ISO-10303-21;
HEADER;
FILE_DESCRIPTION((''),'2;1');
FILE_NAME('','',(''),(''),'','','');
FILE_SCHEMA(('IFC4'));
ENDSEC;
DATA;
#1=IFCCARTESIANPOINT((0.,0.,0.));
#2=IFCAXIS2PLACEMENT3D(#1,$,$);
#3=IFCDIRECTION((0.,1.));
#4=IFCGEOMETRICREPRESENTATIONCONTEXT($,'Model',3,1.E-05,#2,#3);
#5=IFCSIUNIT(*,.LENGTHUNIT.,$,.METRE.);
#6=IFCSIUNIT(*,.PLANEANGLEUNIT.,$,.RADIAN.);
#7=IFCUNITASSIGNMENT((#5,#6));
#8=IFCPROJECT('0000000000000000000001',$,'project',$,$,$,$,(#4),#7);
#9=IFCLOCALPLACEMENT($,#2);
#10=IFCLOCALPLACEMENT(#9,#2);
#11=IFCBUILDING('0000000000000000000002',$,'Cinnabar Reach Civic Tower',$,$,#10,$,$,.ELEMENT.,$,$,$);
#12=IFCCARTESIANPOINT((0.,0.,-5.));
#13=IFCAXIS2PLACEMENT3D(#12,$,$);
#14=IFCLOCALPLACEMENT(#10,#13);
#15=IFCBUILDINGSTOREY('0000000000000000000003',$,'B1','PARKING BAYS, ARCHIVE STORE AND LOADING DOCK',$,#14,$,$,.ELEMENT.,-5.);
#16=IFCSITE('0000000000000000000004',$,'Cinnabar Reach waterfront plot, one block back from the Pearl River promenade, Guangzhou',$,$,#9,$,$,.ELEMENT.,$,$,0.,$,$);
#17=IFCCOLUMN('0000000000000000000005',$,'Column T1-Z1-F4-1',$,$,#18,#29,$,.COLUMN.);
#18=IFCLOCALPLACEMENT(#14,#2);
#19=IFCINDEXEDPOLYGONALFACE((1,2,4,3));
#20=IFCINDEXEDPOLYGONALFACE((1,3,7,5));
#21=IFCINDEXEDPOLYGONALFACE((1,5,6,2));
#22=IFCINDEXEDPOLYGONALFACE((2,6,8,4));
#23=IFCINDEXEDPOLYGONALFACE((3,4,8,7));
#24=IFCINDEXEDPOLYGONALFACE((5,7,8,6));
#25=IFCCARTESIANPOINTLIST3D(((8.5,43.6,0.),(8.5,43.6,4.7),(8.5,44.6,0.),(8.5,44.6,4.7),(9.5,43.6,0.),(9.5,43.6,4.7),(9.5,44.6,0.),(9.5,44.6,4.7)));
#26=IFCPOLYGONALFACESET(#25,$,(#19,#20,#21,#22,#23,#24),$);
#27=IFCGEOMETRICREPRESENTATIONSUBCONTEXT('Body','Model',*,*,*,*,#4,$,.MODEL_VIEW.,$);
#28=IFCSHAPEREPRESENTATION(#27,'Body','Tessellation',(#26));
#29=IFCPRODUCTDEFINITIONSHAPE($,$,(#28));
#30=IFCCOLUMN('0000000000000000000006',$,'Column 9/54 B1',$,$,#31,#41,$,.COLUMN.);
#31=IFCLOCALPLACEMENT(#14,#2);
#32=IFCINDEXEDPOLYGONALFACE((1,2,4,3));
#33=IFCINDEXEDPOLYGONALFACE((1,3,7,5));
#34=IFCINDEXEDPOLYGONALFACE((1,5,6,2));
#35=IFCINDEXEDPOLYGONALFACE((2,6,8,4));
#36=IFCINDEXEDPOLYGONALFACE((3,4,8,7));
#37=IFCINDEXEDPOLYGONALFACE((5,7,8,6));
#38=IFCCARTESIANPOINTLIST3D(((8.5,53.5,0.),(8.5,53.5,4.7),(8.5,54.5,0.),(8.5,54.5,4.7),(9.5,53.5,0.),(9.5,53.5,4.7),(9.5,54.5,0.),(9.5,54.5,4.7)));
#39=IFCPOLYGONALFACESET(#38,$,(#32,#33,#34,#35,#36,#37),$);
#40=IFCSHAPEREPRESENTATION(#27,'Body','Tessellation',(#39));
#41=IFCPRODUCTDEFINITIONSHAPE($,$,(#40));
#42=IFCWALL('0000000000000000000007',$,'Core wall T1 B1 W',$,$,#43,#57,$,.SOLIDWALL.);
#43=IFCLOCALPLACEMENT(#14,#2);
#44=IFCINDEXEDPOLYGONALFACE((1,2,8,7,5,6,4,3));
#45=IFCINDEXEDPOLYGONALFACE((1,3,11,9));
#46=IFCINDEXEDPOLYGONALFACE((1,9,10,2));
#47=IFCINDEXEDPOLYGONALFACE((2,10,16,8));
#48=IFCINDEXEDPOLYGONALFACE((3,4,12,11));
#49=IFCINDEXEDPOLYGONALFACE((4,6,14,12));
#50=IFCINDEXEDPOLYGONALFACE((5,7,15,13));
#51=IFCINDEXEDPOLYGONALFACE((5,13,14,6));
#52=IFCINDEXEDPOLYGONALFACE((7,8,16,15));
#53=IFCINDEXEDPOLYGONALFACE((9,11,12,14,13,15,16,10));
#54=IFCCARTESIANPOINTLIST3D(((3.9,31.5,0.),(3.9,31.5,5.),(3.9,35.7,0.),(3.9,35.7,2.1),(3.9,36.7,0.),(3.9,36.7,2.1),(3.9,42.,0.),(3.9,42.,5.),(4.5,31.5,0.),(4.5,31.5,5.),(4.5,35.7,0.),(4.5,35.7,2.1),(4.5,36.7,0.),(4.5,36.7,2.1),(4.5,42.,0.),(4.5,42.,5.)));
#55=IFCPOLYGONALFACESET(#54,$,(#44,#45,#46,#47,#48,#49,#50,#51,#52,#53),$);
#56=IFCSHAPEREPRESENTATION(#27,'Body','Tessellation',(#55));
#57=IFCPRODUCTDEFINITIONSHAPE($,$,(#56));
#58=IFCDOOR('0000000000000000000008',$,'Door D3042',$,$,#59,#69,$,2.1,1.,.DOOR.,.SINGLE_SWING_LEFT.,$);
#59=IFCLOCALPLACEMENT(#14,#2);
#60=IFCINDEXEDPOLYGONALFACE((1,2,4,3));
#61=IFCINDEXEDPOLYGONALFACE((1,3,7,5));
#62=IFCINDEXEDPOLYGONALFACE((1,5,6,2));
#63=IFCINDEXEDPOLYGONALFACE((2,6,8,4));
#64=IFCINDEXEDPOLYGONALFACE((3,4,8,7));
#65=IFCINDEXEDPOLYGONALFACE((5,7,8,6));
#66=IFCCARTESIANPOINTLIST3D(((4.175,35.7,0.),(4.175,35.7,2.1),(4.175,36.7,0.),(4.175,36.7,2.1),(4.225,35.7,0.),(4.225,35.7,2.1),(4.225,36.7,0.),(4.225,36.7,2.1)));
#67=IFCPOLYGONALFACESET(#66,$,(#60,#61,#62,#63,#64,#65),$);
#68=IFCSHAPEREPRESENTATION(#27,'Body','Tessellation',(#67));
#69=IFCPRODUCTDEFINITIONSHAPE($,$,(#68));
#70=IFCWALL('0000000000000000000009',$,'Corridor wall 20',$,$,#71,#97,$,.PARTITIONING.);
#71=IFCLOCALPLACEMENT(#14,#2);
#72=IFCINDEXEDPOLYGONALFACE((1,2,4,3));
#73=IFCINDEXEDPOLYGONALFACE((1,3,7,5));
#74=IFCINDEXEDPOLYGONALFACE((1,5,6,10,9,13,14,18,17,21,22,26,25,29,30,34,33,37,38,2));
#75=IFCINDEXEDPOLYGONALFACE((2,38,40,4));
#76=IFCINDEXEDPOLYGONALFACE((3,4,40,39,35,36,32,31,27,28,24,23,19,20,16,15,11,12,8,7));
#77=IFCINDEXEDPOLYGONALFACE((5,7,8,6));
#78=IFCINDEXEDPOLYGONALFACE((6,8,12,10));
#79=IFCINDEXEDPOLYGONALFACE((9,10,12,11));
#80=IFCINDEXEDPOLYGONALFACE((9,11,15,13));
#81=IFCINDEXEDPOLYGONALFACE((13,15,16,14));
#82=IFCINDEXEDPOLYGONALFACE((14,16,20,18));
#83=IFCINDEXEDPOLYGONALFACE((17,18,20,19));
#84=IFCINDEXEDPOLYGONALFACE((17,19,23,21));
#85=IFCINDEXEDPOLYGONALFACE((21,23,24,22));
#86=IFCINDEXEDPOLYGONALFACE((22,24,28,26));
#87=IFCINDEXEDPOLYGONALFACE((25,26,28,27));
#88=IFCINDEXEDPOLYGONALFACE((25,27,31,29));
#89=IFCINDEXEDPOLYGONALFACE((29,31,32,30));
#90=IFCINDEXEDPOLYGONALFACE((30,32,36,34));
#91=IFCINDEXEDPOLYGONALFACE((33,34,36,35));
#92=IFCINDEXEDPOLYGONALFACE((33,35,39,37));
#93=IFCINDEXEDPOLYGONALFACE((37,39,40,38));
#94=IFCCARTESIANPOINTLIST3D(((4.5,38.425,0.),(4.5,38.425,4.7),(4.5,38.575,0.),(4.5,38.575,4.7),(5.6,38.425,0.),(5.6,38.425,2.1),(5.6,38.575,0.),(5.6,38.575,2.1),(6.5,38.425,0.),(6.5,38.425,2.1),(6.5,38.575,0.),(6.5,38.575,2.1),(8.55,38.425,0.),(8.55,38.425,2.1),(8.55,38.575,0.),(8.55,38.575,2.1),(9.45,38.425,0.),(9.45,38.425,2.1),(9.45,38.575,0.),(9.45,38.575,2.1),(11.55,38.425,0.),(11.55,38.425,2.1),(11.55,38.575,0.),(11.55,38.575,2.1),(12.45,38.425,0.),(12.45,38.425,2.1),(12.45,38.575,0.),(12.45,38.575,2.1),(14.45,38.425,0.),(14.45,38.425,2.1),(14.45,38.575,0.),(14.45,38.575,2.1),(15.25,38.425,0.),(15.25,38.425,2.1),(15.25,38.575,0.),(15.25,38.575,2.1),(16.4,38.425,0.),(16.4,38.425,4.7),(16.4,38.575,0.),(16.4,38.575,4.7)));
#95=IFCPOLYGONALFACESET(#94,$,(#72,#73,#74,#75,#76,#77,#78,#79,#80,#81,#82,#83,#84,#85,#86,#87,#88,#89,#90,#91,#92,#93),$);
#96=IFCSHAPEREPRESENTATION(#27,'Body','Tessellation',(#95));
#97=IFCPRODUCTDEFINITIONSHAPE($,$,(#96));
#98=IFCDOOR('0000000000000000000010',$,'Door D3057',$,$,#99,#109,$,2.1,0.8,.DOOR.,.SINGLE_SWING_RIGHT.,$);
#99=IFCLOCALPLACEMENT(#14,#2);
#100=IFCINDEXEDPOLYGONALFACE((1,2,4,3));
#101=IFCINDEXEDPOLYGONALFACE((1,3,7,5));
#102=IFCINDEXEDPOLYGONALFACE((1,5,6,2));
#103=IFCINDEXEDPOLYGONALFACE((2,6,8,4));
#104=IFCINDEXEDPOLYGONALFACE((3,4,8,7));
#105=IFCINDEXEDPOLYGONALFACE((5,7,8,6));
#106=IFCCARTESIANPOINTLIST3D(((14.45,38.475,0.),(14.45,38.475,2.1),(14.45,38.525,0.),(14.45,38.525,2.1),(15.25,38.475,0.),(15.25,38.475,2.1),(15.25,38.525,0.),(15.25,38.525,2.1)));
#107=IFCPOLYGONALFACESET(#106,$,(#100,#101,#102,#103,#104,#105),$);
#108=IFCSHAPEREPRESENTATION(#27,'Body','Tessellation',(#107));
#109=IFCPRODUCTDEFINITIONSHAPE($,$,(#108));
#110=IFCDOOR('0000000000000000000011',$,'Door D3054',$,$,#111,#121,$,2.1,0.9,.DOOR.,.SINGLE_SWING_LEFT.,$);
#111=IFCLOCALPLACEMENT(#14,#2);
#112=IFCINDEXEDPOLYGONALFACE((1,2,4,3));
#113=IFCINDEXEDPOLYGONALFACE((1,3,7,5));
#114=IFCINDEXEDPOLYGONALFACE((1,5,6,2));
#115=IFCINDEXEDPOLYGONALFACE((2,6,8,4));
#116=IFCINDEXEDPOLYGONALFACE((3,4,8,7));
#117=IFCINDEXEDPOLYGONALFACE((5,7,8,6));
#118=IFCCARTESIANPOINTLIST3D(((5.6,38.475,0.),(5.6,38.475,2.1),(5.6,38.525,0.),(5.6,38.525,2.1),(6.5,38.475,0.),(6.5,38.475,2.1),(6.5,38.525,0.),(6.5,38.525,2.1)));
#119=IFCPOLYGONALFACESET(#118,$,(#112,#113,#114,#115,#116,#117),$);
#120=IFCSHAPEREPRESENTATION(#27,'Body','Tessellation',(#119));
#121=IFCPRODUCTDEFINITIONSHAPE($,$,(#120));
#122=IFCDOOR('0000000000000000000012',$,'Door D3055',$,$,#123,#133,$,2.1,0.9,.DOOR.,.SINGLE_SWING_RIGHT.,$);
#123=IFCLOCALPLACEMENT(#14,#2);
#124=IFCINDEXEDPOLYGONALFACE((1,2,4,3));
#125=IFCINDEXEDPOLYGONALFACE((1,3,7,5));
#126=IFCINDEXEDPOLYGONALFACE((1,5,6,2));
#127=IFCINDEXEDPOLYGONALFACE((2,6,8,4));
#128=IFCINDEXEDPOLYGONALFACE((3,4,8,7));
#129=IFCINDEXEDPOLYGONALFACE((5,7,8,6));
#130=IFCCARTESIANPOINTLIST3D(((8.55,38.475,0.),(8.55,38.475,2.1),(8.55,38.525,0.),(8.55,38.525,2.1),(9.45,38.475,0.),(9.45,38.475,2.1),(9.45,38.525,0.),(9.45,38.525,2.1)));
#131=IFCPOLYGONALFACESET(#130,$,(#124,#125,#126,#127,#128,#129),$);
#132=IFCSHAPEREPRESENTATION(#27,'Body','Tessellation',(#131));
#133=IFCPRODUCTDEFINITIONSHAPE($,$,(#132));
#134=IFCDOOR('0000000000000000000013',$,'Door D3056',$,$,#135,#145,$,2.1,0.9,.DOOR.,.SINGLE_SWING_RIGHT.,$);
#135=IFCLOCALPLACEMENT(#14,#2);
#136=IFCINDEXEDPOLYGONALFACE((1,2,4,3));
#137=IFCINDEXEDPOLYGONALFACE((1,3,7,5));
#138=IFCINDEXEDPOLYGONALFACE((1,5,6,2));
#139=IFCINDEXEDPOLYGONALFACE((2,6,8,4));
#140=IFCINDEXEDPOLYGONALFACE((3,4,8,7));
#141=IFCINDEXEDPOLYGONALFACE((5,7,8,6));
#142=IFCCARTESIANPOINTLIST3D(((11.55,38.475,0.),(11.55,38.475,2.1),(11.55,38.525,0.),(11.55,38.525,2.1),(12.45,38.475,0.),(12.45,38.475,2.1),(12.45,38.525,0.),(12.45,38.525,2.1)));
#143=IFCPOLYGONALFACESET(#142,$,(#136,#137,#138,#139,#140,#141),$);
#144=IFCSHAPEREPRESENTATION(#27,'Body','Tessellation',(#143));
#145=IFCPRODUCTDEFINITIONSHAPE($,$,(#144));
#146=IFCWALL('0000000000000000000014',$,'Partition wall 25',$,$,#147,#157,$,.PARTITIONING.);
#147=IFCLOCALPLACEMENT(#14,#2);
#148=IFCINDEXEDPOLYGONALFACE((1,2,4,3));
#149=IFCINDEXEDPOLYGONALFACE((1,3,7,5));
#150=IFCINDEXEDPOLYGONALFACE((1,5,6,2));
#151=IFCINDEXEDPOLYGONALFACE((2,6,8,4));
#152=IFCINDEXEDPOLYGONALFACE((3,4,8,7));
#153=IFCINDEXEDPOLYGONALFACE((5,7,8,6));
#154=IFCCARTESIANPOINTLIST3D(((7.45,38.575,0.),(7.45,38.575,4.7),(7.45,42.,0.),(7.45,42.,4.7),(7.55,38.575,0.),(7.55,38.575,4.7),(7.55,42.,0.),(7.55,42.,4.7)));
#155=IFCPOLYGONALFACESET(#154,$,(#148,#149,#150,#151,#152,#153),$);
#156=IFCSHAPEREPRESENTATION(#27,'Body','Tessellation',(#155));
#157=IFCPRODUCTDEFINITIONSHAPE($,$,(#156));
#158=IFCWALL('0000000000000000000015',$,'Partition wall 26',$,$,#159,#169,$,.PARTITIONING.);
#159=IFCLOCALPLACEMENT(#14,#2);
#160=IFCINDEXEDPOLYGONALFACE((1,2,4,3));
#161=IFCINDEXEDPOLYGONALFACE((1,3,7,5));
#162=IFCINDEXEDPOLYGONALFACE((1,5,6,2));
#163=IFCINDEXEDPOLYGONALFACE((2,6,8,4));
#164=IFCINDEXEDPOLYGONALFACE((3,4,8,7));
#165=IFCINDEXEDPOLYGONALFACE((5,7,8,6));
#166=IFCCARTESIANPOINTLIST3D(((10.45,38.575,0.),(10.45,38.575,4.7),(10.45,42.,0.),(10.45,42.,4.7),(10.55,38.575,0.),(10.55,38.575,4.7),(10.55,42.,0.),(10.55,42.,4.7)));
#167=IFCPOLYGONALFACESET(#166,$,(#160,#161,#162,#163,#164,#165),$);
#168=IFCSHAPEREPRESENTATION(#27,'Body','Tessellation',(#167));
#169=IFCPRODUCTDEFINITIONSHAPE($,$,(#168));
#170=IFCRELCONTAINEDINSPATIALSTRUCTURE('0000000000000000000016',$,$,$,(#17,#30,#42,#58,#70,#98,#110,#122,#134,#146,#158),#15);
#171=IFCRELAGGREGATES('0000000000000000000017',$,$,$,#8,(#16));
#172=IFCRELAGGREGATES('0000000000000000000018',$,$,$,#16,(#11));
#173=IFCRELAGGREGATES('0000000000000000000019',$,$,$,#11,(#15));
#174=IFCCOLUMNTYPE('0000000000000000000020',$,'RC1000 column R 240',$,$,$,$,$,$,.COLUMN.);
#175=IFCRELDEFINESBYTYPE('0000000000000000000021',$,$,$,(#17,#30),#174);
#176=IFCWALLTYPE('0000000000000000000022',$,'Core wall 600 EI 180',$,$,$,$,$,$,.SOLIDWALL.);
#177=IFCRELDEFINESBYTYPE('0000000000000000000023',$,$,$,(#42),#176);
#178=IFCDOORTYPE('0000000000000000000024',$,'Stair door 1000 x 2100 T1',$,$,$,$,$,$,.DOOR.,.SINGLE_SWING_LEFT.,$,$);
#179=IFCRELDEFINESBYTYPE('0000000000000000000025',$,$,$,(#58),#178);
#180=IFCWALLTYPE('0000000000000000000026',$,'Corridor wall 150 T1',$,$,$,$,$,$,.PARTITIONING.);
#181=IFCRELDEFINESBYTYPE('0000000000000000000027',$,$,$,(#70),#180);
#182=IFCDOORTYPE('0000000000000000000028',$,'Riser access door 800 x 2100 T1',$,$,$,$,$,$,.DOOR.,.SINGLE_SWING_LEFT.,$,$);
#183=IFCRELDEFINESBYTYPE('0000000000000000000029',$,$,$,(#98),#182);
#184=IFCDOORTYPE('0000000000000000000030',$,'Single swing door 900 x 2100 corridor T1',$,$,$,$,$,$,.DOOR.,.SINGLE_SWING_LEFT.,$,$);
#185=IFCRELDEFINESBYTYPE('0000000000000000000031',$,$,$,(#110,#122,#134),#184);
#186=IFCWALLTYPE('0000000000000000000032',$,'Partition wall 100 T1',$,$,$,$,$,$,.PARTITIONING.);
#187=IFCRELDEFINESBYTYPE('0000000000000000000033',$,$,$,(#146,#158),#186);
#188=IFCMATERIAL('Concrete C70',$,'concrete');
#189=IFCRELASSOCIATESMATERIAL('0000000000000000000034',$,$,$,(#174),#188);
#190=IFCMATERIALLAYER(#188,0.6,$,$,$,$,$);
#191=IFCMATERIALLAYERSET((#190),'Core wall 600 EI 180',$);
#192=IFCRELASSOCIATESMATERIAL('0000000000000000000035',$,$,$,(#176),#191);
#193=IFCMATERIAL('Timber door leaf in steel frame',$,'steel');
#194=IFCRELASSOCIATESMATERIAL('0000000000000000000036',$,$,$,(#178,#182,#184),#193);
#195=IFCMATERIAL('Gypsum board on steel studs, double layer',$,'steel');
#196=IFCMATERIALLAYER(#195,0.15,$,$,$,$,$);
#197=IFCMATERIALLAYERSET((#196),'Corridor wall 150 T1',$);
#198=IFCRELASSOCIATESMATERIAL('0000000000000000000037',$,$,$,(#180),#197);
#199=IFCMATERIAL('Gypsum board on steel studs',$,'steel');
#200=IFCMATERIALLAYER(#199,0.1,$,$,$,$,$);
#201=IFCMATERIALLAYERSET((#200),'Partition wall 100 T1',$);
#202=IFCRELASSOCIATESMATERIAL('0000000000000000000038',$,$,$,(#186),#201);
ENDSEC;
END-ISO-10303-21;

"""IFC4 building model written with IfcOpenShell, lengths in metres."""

from ifc_helpers import new_model, si_unit, direction, frame, frame_2d, origin, origin_2d, place, context, subcontext, project, spatial, rectangle, extrude, material, layer, layer_set, material_profile, profile_set, type_object, element, fill, save


model = new_model("IFC4")

# Units and contexts
model_context = context("Model", 3, precision=1e-05, world=origin(), true_north=direction((0.0, 1.0)))
body_context = subcontext(model_context, "Body", "Model", "MODEL_VIEW")
ifc_project = project(units=[si_unit("LENGTHUNIT", "METRE"), si_unit("PLANEANGLEUNIT", "RADIAN")], contexts=[model_context])

# Site, building, storey
site_placement = place(None, origin())
site = spatial("IfcSite", under=ifc_project, at=site_placement, Name="Cinnabar Reach waterfront plot, one block back from the Pearl River promenade, Guangzhou", CompositionType="ELEMENT", RefElevation=0.0)
building_placement = place(site_placement, origin())
building = spatial("IfcBuilding", under=site, at=building_placement, Name="Cinnabar Reach Civic Tower", CompositionType="ELEMENT")
storey_placement = place(building_placement, frame((0.0, 0.0, -5.0)))
storey = spatial("IfcBuildingStorey", under=building, at=storey_placement, Name="B1", Description="PARKING BAYS, ARCHIVE STORE AND LOADING DOCK", CompositionType="ELEMENT", Elevation=-5.0)

# Columns
ifc_material_1 = material(Name="Concrete C70", Category="concrete")
ifc_material_profile = material_profile(ifc_material_1, rectangle(XDim=1.0, YDim=1.0, at=origin_2d()), Name="RC1000")
ifc_profile_set = profile_set([ifc_material_profile], Name="Concrete C70")
column_type = type_object("IfcColumnType", Name="RC1000 column R 240", PredefinedType="COLUMN", material=ifc_profile_set)
for number, where, z_axis, x_axis, name in (
    (1, (9.0, 44.1, 0.0), (0.0, 0.0, 1.0), (1.0, 0.0, 0.0), "Column T1-Z1-F4-1"),
    (2, (9.0, 54.0, 0.0), (0.0, 0.0, 1.0), (1.0, 0.0, 0.0), "Column 9/54 B1"),
):
    element("IfcColumn", number, at=place(storey_placement, frame(where, z_axis=z_axis, x_axis=x_axis)), inside=storey, type_object=column_type, Name=name, PredefinedType="COLUMN", context=body_context, shape_type="SweptSolid", body=[
        extrude(rectangle(XDim=1.0, YDim=1.0, at=origin_2d()), origin(), (0.0, 0.0, 1.0), 4.7),
    ])

# Wall, opening, door
ifc_layer_1 = layer(ifc_material_1, 0.6)
ifc_layer_set_1 = layer_set([ifc_layer_1], Name="Core wall 600 EI 180")
wall_type_1 = type_object("IfcWallType", Name="Core wall 600 EI 180", PredefinedType="SOLIDWALL", material=ifc_layer_set_1)
wall_1_placement = place(storey_placement, frame((4.2, 42.0, 0.0), z_axis=(0.0, 0.0, 1.0), x_axis=(0.0, -1.0, 0.0)))
wall_1 = element("IfcWall", 3, at=wall_1_placement, inside=storey, type_object=wall_type_1, Name="Core wall T1 B1 W", PredefinedType="SOLIDWALL", context=body_context, shape_type="SweptSolid", body=[
    extrude(rectangle(XDim=10.5, YDim=0.6, at=frame_2d((5.25, 0.0))), origin(), (0.0, 0.0, 1.0), 5.0),
])
opening_1_placement = place(wall_1_placement, frame((5.3, 0.0, 0.0)))
opening_1 = element("IfcOpeningElement", 4, at=opening_1_placement, cuts=wall_1, PredefinedType="OPENING", context=body_context, shape_type="SweptSolid", body=[
    extrude(rectangle(XDim=1.0, YDim=2.1, at=frame_2d((0.5, 1.05))), frame((0.0, 0.31, 0.0), z_axis=(0.0, -1.0, 0.0), x_axis=(1.0, 0.0, 0.0)), (0.0, 0.0, 1.0), 0.62),
])
ifc_material_2 = material(Name="Timber door leaf in steel frame", Category="steel")
door_type_1 = type_object("IfcDoorType", Name="Stair door 1000 x 2100 T1", OperationType="SINGLE_SWING_LEFT", PredefinedType="DOOR", material=ifc_material_2)
door_1_placement = place(opening_1_placement, frame((1.0, 0.0, 0.0), z_axis=(0.0, 0.0, 1.0), x_axis=(-1.0, 0.0, 0.0)))
door_1 = element("IfcDoor", 5, at=door_1_placement, inside=storey, type_object=door_type_1, Name="Door D3042", OperationType="SINGLE_SWING_LEFT", OverallHeight=2.1, OverallWidth=1.0, PredefinedType="DOOR", context=body_context, shape_type="SweptSolid", body=[
    extrude(rectangle(XDim=1.0, YDim=2.1, at=frame_2d((0.5, 1.05))), frame((0.0, 0.025, 0.0), z_axis=(0.0, -1.0, 0.0), x_axis=(1.0, 0.0, 0.0)), (0.0, 0.0, 1.0), 0.05),
])
fill(opening_1, door_1)

# Wall, openings, doors
ifc_material_3 = material(Name="Gypsum board on steel studs, double layer", Category="steel")
ifc_layer_2 = layer(ifc_material_3, 0.15)
ifc_layer_set_2 = layer_set([ifc_layer_2], Name="Corridor wall 150 T1")
wall_type_2 = type_object("IfcWallType", Name="Corridor wall 150 T1", PredefinedType="PARTITIONING", material=ifc_layer_set_2)
wall_2_placement = place(storey_placement, frame((4.5, 38.5, 0.0), z_axis=(0.0, 0.0, 1.0), x_axis=(1.0, 0.0, 0.0)))
wall_2 = element("IfcWall", 6, at=wall_2_placement, inside=storey, type_object=wall_type_2, Name="Corridor wall 20", PredefinedType="PARTITIONING", context=body_context, shape_type="SweptSolid", body=[
    extrude(rectangle(XDim=11.9, YDim=0.15, at=frame_2d((5.95, 0.0))), origin(), (0.0, 0.0, 1.0), 4.7),
])
opening_2_placement = place(wall_2_placement, frame((1.1, 0.0, 0.0)))
opening_2 = element("IfcOpeningElement", 7, at=opening_2_placement, cuts=wall_2, PredefinedType="OPENING", context=body_context, shape_type="SweptSolid", body=[
    extrude(rectangle(XDim=0.9, YDim=2.1, at=frame_2d((0.45, 1.05))), frame((0.0, 0.085, 0.0), z_axis=(0.0, -1.0, 0.0), x_axis=(1.0, 0.0, 0.0)), (0.0, 0.0, 1.0), 0.17),
])
opening_3_placement = place(wall_2_placement, frame((4.05, 0.0, 0.0)))
opening_3 = element("IfcOpeningElement", 8, at=opening_3_placement, cuts=wall_2, PredefinedType="OPENING", context=body_context, shape_type="SweptSolid", body=[
    extrude(rectangle(XDim=0.9, YDim=2.1, at=frame_2d((0.45, 1.05))), frame((0.0, 0.085, 0.0), z_axis=(0.0, -1.0, 0.0), x_axis=(1.0, 0.0, 0.0)), (0.0, 0.0, 1.0), 0.17),
])
opening_4_placement = place(wall_2_placement, frame((7.05, 0.0, 0.0)))
opening_4 = element("IfcOpeningElement", 9, at=opening_4_placement, cuts=wall_2, PredefinedType="OPENING", context=body_context, shape_type="SweptSolid", body=[
    extrude(rectangle(XDim=0.9, YDim=2.1, at=frame_2d((0.45, 1.05))), frame((0.0, 0.085, 0.0), z_axis=(0.0, -1.0, 0.0), x_axis=(1.0, 0.0, 0.0)), (0.0, 0.0, 1.0), 0.17),
])
opening_5_placement = place(wall_2_placement, frame((9.95, 0.0, 0.0)))
opening_5 = element("IfcOpeningElement", 10, at=opening_5_placement, cuts=wall_2, PredefinedType="OPENING", context=body_context, shape_type="SweptSolid", body=[
    extrude(rectangle(XDim=0.8, YDim=2.1, at=frame_2d((0.4, 1.05))), frame((0.0, 0.085, 0.0), z_axis=(0.0, -1.0, 0.0), x_axis=(1.0, 0.0, 0.0)), (0.0, 0.0, 1.0), 0.17),
])
door_type_2 = type_object("IfcDoorType", Name="Riser access door 800 x 2100 T1", OperationType="SINGLE_SWING_LEFT", PredefinedType="DOOR", material=ifc_material_2)
door_2_placement = place(opening_5_placement, origin())
door_2 = element("IfcDoor", 11, at=door_2_placement, inside=storey, type_object=door_type_2, Name="Door D3057", OperationType="SINGLE_SWING_RIGHT", OverallHeight=2.1, OverallWidth=0.8, PredefinedType="DOOR", context=body_context, shape_type="SweptSolid", body=[
    extrude(rectangle(XDim=0.8, YDim=2.1, at=frame_2d((0.4, 1.05))), frame((0.0, 0.025, 0.0), z_axis=(0.0, -1.0, 0.0), x_axis=(1.0, 0.0, 0.0)), (0.0, 0.0, 1.0), 0.05),
])
fill(opening_5, door_2)
door_type_3 = type_object("IfcDoorType", Name="Single swing door 900 x 2100 corridor T1", OperationType="SINGLE_SWING_LEFT", PredefinedType="DOOR", material=ifc_material_2)
door_3_placement = place(opening_2_placement, origin())
door_3 = element("IfcDoor", 12, at=door_3_placement, inside=storey, type_object=door_type_3, Name="Door D3054", OperationType="SINGLE_SWING_LEFT", OverallHeight=2.1, OverallWidth=0.9, PredefinedType="DOOR", context=body_context, shape_type="SweptSolid", body=[
    extrude(rectangle(XDim=0.9, YDim=2.1, at=frame_2d((0.45, 1.05))), frame((0.0, 0.025, 0.0), z_axis=(0.0, -1.0, 0.0), x_axis=(1.0, 0.0, 0.0)), (0.0, 0.0, 1.0), 0.05),
])
fill(opening_2, door_3)
door_4_placement = place(opening_3_placement, origin())
door_4 = element("IfcDoor", 13, at=door_4_placement, inside=storey, type_object=door_type_3, Name="Door D3055", OperationType="SINGLE_SWING_RIGHT", OverallHeight=2.1, OverallWidth=0.9, PredefinedType="DOOR", context=body_context, shape_type="SweptSolid", body=[
    extrude(rectangle(XDim=0.9, YDim=2.1, at=frame_2d((0.45, 1.05))), frame((0.0, 0.025, 0.0), z_axis=(0.0, -1.0, 0.0), x_axis=(1.0, 0.0, 0.0)), (0.0, 0.0, 1.0), 0.05),
])
fill(opening_3, door_4)
door_5_placement = place(opening_4_placement, origin())
door_5 = element("IfcDoor", 14, at=door_5_placement, inside=storey, type_object=door_type_3, Name="Door D3056", OperationType="SINGLE_SWING_RIGHT", OverallHeight=2.1, OverallWidth=0.9, PredefinedType="DOOR", context=body_context, shape_type="SweptSolid", body=[
    extrude(rectangle(XDim=0.9, YDim=2.1, at=frame_2d((0.45, 1.05))), frame((0.0, 0.025, 0.0), z_axis=(0.0, -1.0, 0.0), x_axis=(1.0, 0.0, 0.0)), (0.0, 0.0, 1.0), 0.05),
])
fill(opening_4, door_5)

# Walls
ifc_material_4 = material(Name="Gypsum board on steel studs", Category="steel")
ifc_layer_3 = layer(ifc_material_4, 0.1)
ifc_layer_set_3 = layer_set([ifc_layer_3], Name="Partition wall 100 T1")
wall_type_3 = type_object("IfcWallType", Name="Partition wall 100 T1", PredefinedType="PARTITIONING", material=ifc_layer_set_3)
for number, where, z_axis, x_axis, name in (
    (15, (7.5, 38.575, 0.0), (0.0, 0.0, 1.0), (0.0, 1.0, 0.0), "Partition wall 25"),
    (16, (10.5, 38.575, 0.0), (0.0, 0.0, 1.0), (0.0, 1.0, 0.0), "Partition wall 26"),
):
    element("IfcWall", number, at=place(storey_placement, frame(where, z_axis=z_axis, x_axis=x_axis)), inside=storey, type_object=wall_type_3, Name=name, PredefinedType="PARTITIONING", context=body_context, shape_type="SweptSolid", body=[
        extrude(rectangle(XDim=3.425, YDim=0.1, at=frame_2d((1.7125, 0.0))), origin(), (0.0, 0.0, 1.0), 4.7),
    ])

save(model, "model.ifc")
